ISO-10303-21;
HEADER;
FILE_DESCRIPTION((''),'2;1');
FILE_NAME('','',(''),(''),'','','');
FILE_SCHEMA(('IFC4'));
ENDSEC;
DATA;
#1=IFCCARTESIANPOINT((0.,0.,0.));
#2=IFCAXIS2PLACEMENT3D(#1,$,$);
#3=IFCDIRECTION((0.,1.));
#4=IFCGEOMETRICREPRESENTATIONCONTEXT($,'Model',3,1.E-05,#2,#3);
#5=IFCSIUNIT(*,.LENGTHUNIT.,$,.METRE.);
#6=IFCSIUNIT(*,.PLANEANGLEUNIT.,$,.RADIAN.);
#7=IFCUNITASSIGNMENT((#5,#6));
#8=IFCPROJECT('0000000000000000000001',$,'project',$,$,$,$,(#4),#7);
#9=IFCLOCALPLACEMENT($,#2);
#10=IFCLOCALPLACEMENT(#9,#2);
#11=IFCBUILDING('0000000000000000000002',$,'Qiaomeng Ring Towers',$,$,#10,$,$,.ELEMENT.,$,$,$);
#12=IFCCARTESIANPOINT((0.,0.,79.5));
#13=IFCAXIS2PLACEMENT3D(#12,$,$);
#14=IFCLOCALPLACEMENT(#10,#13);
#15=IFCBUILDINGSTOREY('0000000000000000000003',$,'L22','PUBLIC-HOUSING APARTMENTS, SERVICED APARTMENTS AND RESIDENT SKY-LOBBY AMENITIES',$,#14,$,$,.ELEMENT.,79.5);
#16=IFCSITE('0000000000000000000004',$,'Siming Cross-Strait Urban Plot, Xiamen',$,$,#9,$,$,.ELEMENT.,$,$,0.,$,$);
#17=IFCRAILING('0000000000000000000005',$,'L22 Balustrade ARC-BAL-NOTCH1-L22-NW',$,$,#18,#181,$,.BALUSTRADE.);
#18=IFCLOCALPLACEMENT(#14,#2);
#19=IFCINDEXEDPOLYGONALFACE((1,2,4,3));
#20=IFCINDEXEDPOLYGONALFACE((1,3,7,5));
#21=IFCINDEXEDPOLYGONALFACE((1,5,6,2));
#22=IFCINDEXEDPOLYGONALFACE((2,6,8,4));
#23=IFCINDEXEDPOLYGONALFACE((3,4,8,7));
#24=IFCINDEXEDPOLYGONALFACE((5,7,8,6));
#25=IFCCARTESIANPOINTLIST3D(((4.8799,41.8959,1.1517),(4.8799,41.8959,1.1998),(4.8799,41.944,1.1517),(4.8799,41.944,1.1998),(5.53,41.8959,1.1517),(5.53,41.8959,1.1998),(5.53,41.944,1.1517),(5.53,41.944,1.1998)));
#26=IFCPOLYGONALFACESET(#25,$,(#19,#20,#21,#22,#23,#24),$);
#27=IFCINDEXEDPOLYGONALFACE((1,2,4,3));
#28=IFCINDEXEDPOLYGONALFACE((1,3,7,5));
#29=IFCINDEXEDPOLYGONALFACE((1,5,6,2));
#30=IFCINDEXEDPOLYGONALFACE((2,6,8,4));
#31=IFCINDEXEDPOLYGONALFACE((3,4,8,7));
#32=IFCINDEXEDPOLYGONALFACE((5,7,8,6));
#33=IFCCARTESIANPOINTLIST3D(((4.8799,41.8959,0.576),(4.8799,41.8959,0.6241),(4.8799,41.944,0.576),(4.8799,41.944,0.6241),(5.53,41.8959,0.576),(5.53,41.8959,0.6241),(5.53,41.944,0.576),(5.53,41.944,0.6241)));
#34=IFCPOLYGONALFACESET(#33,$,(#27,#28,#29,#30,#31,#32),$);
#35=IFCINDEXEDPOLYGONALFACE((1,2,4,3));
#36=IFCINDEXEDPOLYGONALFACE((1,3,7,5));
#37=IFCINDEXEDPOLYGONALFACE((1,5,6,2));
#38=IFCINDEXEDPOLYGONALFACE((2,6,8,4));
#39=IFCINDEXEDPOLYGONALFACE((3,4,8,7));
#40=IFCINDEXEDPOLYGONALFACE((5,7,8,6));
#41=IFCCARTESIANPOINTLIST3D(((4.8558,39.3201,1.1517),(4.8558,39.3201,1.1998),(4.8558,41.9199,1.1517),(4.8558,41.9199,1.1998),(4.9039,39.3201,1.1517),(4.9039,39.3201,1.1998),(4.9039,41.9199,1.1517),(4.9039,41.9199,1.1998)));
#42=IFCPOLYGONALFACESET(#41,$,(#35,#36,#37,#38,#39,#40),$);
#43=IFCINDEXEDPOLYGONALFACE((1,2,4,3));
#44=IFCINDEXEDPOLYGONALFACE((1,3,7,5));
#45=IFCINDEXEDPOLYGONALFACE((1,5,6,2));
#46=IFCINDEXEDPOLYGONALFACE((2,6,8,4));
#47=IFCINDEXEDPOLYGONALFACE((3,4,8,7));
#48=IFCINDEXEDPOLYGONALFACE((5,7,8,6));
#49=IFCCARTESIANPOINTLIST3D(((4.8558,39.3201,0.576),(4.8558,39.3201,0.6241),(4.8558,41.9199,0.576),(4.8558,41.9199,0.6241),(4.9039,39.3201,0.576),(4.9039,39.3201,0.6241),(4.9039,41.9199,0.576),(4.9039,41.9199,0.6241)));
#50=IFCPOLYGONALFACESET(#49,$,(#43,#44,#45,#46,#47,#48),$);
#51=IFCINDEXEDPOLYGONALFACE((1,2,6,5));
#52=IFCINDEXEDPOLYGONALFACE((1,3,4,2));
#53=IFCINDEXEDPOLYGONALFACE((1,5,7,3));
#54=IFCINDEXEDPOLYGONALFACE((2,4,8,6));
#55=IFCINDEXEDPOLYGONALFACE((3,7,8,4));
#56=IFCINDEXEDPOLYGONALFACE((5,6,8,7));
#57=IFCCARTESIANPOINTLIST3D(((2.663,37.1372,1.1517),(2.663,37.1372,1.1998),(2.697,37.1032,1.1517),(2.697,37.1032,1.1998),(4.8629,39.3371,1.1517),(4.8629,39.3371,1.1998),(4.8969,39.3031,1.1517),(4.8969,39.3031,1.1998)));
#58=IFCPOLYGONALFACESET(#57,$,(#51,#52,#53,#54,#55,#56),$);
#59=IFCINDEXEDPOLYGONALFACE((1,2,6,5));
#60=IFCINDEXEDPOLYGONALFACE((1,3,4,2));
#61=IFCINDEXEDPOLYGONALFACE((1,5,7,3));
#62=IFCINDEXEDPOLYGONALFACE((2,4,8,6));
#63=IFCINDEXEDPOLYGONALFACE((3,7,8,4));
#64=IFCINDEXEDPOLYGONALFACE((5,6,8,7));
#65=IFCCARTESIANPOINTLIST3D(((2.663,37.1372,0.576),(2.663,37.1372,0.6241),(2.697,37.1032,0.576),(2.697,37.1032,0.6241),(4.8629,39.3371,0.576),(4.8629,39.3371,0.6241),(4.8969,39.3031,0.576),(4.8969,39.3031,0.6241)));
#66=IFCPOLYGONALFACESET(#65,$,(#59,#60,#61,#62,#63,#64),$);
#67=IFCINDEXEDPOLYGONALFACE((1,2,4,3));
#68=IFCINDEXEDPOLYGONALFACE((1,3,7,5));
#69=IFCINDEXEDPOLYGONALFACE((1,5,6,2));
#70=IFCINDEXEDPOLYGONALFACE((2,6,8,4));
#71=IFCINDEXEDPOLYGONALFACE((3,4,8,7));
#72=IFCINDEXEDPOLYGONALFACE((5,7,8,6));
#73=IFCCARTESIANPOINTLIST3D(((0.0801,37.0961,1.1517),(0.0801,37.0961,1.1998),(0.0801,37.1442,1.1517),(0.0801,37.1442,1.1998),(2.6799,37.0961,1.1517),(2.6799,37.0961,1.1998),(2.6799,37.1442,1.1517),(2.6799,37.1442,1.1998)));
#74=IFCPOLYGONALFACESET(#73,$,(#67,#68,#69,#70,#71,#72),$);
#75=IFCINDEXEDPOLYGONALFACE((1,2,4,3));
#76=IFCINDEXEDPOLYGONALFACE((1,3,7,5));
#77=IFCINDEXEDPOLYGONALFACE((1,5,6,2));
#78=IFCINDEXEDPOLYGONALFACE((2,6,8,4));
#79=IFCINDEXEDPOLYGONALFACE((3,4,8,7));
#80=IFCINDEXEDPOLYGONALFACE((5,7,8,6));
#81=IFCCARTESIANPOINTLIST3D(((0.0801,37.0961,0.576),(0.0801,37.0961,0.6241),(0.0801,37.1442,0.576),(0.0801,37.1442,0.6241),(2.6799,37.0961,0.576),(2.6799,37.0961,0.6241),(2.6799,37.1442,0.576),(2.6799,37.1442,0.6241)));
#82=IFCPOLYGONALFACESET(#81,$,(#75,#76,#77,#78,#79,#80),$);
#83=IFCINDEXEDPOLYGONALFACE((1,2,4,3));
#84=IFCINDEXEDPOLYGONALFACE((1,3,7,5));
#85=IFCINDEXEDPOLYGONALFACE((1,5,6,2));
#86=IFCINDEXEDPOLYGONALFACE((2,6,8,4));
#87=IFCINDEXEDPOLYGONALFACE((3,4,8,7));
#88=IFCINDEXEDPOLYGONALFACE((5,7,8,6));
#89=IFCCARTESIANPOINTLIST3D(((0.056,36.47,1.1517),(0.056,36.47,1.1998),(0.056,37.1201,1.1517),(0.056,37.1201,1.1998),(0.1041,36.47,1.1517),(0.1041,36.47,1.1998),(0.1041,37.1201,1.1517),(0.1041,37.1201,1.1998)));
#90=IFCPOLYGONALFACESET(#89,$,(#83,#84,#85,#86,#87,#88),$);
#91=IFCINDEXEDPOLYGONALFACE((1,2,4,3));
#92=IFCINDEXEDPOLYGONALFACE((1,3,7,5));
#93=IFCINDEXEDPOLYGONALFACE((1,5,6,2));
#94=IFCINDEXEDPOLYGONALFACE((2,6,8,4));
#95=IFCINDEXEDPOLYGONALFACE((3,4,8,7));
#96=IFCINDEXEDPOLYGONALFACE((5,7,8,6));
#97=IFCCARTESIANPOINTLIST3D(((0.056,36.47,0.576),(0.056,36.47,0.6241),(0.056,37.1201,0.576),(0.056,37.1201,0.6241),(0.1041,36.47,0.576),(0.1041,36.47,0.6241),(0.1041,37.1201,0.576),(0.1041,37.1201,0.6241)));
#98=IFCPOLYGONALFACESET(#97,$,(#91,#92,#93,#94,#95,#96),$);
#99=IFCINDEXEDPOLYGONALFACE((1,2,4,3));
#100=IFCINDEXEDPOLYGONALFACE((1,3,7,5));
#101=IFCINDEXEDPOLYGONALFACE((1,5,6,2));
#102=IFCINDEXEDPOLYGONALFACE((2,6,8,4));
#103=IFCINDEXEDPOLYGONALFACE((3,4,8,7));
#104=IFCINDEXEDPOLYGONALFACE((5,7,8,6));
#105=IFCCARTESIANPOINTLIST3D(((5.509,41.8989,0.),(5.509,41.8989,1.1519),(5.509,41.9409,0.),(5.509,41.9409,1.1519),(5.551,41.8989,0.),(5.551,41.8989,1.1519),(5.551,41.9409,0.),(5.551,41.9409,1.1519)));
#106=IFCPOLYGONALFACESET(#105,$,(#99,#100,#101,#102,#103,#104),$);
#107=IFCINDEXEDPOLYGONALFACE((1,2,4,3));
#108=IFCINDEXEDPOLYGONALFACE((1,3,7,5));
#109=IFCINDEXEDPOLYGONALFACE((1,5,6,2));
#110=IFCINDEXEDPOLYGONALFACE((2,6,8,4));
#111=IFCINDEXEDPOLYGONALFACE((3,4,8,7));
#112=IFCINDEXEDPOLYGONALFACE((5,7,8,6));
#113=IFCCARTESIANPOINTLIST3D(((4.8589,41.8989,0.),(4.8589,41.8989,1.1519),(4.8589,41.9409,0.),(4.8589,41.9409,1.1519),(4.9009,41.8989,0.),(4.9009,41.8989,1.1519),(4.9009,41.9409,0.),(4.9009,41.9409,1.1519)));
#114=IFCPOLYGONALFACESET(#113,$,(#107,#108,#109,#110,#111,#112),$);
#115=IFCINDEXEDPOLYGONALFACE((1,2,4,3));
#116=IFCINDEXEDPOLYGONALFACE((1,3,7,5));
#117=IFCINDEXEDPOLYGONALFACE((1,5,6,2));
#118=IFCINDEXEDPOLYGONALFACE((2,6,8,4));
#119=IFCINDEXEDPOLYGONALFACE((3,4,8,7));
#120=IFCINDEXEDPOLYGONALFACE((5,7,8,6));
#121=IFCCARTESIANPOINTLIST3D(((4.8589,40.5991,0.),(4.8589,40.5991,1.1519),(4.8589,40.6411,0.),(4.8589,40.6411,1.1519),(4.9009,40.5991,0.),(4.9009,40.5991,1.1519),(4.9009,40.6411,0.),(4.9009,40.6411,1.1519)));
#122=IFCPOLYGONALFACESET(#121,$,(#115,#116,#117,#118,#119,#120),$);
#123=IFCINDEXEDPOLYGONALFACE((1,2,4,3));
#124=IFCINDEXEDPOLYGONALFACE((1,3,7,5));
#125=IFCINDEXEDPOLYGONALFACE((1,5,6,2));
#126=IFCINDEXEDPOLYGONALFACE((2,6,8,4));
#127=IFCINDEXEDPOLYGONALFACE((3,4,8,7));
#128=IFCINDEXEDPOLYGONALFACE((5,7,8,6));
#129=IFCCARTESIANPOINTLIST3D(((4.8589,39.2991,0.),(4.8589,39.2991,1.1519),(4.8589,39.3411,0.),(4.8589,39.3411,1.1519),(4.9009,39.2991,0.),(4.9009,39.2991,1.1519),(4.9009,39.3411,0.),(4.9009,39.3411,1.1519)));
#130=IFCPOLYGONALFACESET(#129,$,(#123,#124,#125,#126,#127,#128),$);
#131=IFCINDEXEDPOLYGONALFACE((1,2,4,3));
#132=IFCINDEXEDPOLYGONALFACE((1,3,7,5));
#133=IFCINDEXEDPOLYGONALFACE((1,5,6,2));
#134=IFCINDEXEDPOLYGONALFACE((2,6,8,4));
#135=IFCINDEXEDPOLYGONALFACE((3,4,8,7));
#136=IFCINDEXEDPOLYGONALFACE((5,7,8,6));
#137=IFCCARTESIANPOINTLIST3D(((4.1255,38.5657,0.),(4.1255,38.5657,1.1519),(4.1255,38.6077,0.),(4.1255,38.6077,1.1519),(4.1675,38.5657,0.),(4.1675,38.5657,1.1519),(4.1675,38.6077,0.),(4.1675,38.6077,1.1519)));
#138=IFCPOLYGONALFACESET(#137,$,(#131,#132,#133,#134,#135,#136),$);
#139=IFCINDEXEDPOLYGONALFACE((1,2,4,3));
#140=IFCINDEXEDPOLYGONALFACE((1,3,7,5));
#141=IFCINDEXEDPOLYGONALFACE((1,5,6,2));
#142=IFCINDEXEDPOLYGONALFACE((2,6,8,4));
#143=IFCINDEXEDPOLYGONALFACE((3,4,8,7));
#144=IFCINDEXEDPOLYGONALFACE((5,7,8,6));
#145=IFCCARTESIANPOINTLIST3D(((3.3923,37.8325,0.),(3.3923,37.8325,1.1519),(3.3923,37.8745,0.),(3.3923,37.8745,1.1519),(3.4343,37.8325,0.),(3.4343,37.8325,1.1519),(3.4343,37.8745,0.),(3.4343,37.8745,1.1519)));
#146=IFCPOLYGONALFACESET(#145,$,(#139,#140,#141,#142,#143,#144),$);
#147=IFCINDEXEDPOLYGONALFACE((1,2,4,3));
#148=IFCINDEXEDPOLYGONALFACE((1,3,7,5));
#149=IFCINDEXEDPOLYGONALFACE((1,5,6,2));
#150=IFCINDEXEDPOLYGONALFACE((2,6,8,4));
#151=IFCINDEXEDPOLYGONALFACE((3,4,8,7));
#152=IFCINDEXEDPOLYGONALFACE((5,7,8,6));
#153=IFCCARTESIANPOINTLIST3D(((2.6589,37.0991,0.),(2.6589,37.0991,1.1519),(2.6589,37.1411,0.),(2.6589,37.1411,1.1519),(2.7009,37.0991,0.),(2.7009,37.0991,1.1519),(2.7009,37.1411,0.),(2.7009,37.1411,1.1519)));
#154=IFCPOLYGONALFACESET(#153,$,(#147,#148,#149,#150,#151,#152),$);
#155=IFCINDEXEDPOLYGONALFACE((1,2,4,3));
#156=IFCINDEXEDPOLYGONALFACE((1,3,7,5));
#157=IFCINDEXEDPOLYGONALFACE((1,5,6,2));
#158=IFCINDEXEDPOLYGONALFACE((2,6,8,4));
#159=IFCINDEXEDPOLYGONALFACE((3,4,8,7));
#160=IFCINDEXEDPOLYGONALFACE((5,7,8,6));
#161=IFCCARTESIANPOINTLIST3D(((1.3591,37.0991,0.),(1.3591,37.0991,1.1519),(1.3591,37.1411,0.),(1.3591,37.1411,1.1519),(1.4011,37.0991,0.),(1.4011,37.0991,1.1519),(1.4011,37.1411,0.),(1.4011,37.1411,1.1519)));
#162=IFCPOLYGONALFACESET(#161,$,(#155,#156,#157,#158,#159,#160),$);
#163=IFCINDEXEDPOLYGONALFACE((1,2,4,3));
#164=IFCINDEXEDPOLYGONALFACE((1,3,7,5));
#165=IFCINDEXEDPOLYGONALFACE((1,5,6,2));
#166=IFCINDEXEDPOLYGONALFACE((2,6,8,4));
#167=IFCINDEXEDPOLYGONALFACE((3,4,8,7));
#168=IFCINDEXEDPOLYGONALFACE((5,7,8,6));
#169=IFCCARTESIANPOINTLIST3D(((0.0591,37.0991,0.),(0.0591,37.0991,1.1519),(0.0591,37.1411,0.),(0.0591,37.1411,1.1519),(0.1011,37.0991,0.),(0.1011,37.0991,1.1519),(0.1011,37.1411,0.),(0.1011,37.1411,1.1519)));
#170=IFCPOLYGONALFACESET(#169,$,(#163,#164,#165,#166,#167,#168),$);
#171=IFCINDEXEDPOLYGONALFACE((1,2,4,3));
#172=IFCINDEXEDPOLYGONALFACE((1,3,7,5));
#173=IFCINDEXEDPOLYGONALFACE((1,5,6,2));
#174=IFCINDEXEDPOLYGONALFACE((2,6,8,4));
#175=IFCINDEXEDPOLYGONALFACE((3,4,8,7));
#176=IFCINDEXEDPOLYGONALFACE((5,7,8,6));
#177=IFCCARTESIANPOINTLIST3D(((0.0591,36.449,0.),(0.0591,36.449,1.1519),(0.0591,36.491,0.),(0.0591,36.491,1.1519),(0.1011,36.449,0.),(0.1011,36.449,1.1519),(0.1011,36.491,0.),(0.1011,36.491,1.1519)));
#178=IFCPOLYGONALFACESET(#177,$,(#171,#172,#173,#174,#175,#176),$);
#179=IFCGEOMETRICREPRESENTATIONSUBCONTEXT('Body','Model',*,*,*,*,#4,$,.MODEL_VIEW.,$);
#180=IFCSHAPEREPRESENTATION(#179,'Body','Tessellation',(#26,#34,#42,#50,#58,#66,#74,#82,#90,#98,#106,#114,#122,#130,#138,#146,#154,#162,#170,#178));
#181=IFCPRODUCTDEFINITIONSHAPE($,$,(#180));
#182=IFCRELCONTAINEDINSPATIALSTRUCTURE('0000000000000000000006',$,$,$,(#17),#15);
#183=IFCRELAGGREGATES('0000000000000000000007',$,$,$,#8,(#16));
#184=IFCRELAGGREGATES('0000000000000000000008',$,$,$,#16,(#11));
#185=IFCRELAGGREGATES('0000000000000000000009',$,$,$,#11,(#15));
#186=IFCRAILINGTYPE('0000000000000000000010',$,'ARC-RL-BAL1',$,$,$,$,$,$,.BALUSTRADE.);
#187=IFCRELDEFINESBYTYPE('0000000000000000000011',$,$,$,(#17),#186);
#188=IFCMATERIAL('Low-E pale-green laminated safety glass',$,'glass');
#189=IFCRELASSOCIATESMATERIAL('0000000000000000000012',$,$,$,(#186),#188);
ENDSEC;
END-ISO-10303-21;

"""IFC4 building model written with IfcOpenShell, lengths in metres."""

from ifc_helpers import new_model, si_unit, direction, frame, origin, origin_2d, place, context, subcontext, project, spatial, rectangle, extrude, material, type_object, element, save


model = new_model("IFC4")

# Units and contexts
model_context = context("Model", 3, precision=1e-05, world=origin(), true_north=direction((0.0, 1.0)))
body_context = subcontext(model_context, "Body", "Model", "MODEL_VIEW")
ifc_project = project(units=[si_unit("LENGTHUNIT", "METRE"), si_unit("PLANEANGLEUNIT", "RADIAN")], contexts=[model_context])

# Site, building, storey
site_placement = place(None, origin())
site = spatial("IfcSite", under=ifc_project, at=site_placement, Name="Siming Cross-Strait Urban Plot, Xiamen", CompositionType="ELEMENT", RefElevation=0.0)
building_placement = place(site_placement, origin())
building = spatial("IfcBuilding", under=site, at=building_placement, Name="Qiaomeng Ring Towers", CompositionType="ELEMENT")
storey_placement = place(building_placement, frame((0.0, 0.0, 79.5)))
storey = spatial("IfcBuildingStorey", under=building, at=storey_placement, Name="L22", Description="PUBLIC-HOUSING APARTMENTS, SERVICED APARTMENTS AND RESIDENT SKY-LOBBY AMENITIES", CompositionType="ELEMENT", Elevation=79.5)

# Railing
ifc_material_1 = material(Name="Low-E pale-green laminated safety glass", Category="glass")
railing_type = type_object("IfcRailingType", Name="ARC-RL-BAL1", PredefinedType="BALUSTRADE", material=ifc_material_1)
railing_placement = place(storey_placement, frame((5.53, 41.9199, 0.0)))
element("IfcRailing", 1, at=railing_placement, inside=storey, type_object=railing_type, Name="L22 Balustrade ARC-BAL-NOTCH1-L22-NW", PredefinedType="BALUSTRADE", context=body_context, shape_type="SweptSolid", body=[
    extrude(rectangle(XDim=0.0481, YDim=0.0481, at=origin_2d()), frame((0.0, 0.0, 1.1758), z_axis=(-1.0, 0.0, 0.0), x_axis=(0.0, -1.0, 0.0)), (0.0, 0.0, 1.0), 0.6501),
    extrude(rectangle(XDim=0.0481, YDim=0.0481, at=origin_2d()), frame((0.0, 0.0, 0.6001), z_axis=(-1.0, 0.0, 0.0), x_axis=(0.0, -1.0, 0.0)), (0.0, 0.0, 1.0), 0.6501),
    extrude(rectangle(XDim=0.0481, YDim=0.0481, at=origin_2d()), frame((-0.6501, 0.0, 1.1758), z_axis=(0.0, -1.0, 0.0), x_axis=(1.0, 0.0, 0.0)), (0.0, 0.0, 1.0), 2.5999),
    extrude(rectangle(XDim=0.0481, YDim=0.0481, at=origin_2d()), frame((-0.6501, 0.0, 0.6001), z_axis=(0.0, -1.0, 0.0), x_axis=(1.0, 0.0, 0.0)), (0.0, 0.0, 1.0), 2.5999),
    extrude(rectangle(XDim=0.0481, YDim=0.0481, at=origin_2d()), frame((-0.6501, -2.5999, 1.1758), z_axis=(-0.707107, -0.707107, 0.0), x_axis=(0.707107, -0.707107, 0.0)), (0.0, 0.0, 1.0), 3.1111),
    extrude(rectangle(XDim=0.0481, YDim=0.0481, at=origin_2d()), frame((-0.6501, -2.5999, 0.6001), z_axis=(-0.707107, -0.707107, 0.0), x_axis=(0.707107, -0.707107, 0.0)), (0.0, 0.0, 1.0), 3.1111),
    extrude(rectangle(XDim=0.0481, YDim=0.0481, at=origin_2d()), frame((-2.8501, -4.7998, 1.1758), z_axis=(-1.0, 0.0, 0.0), x_axis=(0.0, -1.0, 0.0)), (0.0, 0.0, 1.0), 2.5999),
    extrude(rectangle(XDim=0.0481, YDim=0.0481, at=origin_2d()), frame((-2.8501, -4.7998, 0.6001), z_axis=(-1.0, 0.0, 0.0), x_axis=(0.0, -1.0, 0.0)), (0.0, 0.0, 1.0), 2.5999),
    extrude(rectangle(XDim=0.0481, YDim=0.0481, at=origin_2d()), frame((-5.45, -4.7998, 1.1758), z_axis=(0.0, -1.0, 0.0), x_axis=(1.0, 0.0, 0.0)), (0.0, 0.0, 1.0), 0.6501),
    extrude(rectangle(XDim=0.0481, YDim=0.0481, at=origin_2d()), frame((-5.45, -4.7998, 0.6001), z_axis=(0.0, -1.0, 0.0), x_axis=(1.0, 0.0, 0.0)), (0.0, 0.0, 1.0), 0.6501),
    extrude(rectangle(XDim=0.042, YDim=0.042, at=origin_2d()), origin(), (0.0, 0.0, 1.0), 1.1519),
    extrude(rectangle(XDim=0.042, YDim=0.042, at=origin_2d()), frame((-0.6501, 0.0, 0.0)), (0.0, 0.0, 1.0), 1.1519),
    extrude(rectangle(XDim=0.042, YDim=0.042, at=origin_2d()), frame((-0.6501, -1.2998, 0.0)), (0.0, 0.0, 1.0), 1.1519),
    extrude(rectangle(XDim=0.042, YDim=0.042, at=origin_2d()), frame((-0.6501, -2.5999, 0.0)), (0.0, 0.0, 1.0), 1.1519),
    extrude(rectangle(XDim=0.042, YDim=0.042, at=origin_2d()), frame((-1.3835, -3.3333, 0.0)), (0.0, 0.0, 1.0), 1.1519),
    extrude(rectangle(XDim=0.042, YDim=0.042, at=origin_2d()), frame((-2.1167, -4.0664, 0.0)), (0.0, 0.0, 1.0), 1.1519),
    extrude(rectangle(XDim=0.042, YDim=0.042, at=origin_2d()), frame((-2.8501, -4.7998, 0.0)), (0.0, 0.0, 1.0), 1.1519),
    extrude(rectangle(XDim=0.042, YDim=0.042, at=origin_2d()), frame((-4.1499, -4.7998, 0.0)), (0.0, 0.0, 1.0), 1.1519),
    extrude(rectangle(XDim=0.042, YDim=0.042, at=origin_2d()), frame((-5.45, -4.7998, 0.0)), (0.0, 0.0, 1.0), 1.1519),
    extrude(rectangle(XDim=0.042, YDim=0.042, at=origin_2d()), frame((-5.45, -5.45, 0.0)), (0.0, 0.0, 1.0), 1.1519),
])

save(model, "model.ifc")
